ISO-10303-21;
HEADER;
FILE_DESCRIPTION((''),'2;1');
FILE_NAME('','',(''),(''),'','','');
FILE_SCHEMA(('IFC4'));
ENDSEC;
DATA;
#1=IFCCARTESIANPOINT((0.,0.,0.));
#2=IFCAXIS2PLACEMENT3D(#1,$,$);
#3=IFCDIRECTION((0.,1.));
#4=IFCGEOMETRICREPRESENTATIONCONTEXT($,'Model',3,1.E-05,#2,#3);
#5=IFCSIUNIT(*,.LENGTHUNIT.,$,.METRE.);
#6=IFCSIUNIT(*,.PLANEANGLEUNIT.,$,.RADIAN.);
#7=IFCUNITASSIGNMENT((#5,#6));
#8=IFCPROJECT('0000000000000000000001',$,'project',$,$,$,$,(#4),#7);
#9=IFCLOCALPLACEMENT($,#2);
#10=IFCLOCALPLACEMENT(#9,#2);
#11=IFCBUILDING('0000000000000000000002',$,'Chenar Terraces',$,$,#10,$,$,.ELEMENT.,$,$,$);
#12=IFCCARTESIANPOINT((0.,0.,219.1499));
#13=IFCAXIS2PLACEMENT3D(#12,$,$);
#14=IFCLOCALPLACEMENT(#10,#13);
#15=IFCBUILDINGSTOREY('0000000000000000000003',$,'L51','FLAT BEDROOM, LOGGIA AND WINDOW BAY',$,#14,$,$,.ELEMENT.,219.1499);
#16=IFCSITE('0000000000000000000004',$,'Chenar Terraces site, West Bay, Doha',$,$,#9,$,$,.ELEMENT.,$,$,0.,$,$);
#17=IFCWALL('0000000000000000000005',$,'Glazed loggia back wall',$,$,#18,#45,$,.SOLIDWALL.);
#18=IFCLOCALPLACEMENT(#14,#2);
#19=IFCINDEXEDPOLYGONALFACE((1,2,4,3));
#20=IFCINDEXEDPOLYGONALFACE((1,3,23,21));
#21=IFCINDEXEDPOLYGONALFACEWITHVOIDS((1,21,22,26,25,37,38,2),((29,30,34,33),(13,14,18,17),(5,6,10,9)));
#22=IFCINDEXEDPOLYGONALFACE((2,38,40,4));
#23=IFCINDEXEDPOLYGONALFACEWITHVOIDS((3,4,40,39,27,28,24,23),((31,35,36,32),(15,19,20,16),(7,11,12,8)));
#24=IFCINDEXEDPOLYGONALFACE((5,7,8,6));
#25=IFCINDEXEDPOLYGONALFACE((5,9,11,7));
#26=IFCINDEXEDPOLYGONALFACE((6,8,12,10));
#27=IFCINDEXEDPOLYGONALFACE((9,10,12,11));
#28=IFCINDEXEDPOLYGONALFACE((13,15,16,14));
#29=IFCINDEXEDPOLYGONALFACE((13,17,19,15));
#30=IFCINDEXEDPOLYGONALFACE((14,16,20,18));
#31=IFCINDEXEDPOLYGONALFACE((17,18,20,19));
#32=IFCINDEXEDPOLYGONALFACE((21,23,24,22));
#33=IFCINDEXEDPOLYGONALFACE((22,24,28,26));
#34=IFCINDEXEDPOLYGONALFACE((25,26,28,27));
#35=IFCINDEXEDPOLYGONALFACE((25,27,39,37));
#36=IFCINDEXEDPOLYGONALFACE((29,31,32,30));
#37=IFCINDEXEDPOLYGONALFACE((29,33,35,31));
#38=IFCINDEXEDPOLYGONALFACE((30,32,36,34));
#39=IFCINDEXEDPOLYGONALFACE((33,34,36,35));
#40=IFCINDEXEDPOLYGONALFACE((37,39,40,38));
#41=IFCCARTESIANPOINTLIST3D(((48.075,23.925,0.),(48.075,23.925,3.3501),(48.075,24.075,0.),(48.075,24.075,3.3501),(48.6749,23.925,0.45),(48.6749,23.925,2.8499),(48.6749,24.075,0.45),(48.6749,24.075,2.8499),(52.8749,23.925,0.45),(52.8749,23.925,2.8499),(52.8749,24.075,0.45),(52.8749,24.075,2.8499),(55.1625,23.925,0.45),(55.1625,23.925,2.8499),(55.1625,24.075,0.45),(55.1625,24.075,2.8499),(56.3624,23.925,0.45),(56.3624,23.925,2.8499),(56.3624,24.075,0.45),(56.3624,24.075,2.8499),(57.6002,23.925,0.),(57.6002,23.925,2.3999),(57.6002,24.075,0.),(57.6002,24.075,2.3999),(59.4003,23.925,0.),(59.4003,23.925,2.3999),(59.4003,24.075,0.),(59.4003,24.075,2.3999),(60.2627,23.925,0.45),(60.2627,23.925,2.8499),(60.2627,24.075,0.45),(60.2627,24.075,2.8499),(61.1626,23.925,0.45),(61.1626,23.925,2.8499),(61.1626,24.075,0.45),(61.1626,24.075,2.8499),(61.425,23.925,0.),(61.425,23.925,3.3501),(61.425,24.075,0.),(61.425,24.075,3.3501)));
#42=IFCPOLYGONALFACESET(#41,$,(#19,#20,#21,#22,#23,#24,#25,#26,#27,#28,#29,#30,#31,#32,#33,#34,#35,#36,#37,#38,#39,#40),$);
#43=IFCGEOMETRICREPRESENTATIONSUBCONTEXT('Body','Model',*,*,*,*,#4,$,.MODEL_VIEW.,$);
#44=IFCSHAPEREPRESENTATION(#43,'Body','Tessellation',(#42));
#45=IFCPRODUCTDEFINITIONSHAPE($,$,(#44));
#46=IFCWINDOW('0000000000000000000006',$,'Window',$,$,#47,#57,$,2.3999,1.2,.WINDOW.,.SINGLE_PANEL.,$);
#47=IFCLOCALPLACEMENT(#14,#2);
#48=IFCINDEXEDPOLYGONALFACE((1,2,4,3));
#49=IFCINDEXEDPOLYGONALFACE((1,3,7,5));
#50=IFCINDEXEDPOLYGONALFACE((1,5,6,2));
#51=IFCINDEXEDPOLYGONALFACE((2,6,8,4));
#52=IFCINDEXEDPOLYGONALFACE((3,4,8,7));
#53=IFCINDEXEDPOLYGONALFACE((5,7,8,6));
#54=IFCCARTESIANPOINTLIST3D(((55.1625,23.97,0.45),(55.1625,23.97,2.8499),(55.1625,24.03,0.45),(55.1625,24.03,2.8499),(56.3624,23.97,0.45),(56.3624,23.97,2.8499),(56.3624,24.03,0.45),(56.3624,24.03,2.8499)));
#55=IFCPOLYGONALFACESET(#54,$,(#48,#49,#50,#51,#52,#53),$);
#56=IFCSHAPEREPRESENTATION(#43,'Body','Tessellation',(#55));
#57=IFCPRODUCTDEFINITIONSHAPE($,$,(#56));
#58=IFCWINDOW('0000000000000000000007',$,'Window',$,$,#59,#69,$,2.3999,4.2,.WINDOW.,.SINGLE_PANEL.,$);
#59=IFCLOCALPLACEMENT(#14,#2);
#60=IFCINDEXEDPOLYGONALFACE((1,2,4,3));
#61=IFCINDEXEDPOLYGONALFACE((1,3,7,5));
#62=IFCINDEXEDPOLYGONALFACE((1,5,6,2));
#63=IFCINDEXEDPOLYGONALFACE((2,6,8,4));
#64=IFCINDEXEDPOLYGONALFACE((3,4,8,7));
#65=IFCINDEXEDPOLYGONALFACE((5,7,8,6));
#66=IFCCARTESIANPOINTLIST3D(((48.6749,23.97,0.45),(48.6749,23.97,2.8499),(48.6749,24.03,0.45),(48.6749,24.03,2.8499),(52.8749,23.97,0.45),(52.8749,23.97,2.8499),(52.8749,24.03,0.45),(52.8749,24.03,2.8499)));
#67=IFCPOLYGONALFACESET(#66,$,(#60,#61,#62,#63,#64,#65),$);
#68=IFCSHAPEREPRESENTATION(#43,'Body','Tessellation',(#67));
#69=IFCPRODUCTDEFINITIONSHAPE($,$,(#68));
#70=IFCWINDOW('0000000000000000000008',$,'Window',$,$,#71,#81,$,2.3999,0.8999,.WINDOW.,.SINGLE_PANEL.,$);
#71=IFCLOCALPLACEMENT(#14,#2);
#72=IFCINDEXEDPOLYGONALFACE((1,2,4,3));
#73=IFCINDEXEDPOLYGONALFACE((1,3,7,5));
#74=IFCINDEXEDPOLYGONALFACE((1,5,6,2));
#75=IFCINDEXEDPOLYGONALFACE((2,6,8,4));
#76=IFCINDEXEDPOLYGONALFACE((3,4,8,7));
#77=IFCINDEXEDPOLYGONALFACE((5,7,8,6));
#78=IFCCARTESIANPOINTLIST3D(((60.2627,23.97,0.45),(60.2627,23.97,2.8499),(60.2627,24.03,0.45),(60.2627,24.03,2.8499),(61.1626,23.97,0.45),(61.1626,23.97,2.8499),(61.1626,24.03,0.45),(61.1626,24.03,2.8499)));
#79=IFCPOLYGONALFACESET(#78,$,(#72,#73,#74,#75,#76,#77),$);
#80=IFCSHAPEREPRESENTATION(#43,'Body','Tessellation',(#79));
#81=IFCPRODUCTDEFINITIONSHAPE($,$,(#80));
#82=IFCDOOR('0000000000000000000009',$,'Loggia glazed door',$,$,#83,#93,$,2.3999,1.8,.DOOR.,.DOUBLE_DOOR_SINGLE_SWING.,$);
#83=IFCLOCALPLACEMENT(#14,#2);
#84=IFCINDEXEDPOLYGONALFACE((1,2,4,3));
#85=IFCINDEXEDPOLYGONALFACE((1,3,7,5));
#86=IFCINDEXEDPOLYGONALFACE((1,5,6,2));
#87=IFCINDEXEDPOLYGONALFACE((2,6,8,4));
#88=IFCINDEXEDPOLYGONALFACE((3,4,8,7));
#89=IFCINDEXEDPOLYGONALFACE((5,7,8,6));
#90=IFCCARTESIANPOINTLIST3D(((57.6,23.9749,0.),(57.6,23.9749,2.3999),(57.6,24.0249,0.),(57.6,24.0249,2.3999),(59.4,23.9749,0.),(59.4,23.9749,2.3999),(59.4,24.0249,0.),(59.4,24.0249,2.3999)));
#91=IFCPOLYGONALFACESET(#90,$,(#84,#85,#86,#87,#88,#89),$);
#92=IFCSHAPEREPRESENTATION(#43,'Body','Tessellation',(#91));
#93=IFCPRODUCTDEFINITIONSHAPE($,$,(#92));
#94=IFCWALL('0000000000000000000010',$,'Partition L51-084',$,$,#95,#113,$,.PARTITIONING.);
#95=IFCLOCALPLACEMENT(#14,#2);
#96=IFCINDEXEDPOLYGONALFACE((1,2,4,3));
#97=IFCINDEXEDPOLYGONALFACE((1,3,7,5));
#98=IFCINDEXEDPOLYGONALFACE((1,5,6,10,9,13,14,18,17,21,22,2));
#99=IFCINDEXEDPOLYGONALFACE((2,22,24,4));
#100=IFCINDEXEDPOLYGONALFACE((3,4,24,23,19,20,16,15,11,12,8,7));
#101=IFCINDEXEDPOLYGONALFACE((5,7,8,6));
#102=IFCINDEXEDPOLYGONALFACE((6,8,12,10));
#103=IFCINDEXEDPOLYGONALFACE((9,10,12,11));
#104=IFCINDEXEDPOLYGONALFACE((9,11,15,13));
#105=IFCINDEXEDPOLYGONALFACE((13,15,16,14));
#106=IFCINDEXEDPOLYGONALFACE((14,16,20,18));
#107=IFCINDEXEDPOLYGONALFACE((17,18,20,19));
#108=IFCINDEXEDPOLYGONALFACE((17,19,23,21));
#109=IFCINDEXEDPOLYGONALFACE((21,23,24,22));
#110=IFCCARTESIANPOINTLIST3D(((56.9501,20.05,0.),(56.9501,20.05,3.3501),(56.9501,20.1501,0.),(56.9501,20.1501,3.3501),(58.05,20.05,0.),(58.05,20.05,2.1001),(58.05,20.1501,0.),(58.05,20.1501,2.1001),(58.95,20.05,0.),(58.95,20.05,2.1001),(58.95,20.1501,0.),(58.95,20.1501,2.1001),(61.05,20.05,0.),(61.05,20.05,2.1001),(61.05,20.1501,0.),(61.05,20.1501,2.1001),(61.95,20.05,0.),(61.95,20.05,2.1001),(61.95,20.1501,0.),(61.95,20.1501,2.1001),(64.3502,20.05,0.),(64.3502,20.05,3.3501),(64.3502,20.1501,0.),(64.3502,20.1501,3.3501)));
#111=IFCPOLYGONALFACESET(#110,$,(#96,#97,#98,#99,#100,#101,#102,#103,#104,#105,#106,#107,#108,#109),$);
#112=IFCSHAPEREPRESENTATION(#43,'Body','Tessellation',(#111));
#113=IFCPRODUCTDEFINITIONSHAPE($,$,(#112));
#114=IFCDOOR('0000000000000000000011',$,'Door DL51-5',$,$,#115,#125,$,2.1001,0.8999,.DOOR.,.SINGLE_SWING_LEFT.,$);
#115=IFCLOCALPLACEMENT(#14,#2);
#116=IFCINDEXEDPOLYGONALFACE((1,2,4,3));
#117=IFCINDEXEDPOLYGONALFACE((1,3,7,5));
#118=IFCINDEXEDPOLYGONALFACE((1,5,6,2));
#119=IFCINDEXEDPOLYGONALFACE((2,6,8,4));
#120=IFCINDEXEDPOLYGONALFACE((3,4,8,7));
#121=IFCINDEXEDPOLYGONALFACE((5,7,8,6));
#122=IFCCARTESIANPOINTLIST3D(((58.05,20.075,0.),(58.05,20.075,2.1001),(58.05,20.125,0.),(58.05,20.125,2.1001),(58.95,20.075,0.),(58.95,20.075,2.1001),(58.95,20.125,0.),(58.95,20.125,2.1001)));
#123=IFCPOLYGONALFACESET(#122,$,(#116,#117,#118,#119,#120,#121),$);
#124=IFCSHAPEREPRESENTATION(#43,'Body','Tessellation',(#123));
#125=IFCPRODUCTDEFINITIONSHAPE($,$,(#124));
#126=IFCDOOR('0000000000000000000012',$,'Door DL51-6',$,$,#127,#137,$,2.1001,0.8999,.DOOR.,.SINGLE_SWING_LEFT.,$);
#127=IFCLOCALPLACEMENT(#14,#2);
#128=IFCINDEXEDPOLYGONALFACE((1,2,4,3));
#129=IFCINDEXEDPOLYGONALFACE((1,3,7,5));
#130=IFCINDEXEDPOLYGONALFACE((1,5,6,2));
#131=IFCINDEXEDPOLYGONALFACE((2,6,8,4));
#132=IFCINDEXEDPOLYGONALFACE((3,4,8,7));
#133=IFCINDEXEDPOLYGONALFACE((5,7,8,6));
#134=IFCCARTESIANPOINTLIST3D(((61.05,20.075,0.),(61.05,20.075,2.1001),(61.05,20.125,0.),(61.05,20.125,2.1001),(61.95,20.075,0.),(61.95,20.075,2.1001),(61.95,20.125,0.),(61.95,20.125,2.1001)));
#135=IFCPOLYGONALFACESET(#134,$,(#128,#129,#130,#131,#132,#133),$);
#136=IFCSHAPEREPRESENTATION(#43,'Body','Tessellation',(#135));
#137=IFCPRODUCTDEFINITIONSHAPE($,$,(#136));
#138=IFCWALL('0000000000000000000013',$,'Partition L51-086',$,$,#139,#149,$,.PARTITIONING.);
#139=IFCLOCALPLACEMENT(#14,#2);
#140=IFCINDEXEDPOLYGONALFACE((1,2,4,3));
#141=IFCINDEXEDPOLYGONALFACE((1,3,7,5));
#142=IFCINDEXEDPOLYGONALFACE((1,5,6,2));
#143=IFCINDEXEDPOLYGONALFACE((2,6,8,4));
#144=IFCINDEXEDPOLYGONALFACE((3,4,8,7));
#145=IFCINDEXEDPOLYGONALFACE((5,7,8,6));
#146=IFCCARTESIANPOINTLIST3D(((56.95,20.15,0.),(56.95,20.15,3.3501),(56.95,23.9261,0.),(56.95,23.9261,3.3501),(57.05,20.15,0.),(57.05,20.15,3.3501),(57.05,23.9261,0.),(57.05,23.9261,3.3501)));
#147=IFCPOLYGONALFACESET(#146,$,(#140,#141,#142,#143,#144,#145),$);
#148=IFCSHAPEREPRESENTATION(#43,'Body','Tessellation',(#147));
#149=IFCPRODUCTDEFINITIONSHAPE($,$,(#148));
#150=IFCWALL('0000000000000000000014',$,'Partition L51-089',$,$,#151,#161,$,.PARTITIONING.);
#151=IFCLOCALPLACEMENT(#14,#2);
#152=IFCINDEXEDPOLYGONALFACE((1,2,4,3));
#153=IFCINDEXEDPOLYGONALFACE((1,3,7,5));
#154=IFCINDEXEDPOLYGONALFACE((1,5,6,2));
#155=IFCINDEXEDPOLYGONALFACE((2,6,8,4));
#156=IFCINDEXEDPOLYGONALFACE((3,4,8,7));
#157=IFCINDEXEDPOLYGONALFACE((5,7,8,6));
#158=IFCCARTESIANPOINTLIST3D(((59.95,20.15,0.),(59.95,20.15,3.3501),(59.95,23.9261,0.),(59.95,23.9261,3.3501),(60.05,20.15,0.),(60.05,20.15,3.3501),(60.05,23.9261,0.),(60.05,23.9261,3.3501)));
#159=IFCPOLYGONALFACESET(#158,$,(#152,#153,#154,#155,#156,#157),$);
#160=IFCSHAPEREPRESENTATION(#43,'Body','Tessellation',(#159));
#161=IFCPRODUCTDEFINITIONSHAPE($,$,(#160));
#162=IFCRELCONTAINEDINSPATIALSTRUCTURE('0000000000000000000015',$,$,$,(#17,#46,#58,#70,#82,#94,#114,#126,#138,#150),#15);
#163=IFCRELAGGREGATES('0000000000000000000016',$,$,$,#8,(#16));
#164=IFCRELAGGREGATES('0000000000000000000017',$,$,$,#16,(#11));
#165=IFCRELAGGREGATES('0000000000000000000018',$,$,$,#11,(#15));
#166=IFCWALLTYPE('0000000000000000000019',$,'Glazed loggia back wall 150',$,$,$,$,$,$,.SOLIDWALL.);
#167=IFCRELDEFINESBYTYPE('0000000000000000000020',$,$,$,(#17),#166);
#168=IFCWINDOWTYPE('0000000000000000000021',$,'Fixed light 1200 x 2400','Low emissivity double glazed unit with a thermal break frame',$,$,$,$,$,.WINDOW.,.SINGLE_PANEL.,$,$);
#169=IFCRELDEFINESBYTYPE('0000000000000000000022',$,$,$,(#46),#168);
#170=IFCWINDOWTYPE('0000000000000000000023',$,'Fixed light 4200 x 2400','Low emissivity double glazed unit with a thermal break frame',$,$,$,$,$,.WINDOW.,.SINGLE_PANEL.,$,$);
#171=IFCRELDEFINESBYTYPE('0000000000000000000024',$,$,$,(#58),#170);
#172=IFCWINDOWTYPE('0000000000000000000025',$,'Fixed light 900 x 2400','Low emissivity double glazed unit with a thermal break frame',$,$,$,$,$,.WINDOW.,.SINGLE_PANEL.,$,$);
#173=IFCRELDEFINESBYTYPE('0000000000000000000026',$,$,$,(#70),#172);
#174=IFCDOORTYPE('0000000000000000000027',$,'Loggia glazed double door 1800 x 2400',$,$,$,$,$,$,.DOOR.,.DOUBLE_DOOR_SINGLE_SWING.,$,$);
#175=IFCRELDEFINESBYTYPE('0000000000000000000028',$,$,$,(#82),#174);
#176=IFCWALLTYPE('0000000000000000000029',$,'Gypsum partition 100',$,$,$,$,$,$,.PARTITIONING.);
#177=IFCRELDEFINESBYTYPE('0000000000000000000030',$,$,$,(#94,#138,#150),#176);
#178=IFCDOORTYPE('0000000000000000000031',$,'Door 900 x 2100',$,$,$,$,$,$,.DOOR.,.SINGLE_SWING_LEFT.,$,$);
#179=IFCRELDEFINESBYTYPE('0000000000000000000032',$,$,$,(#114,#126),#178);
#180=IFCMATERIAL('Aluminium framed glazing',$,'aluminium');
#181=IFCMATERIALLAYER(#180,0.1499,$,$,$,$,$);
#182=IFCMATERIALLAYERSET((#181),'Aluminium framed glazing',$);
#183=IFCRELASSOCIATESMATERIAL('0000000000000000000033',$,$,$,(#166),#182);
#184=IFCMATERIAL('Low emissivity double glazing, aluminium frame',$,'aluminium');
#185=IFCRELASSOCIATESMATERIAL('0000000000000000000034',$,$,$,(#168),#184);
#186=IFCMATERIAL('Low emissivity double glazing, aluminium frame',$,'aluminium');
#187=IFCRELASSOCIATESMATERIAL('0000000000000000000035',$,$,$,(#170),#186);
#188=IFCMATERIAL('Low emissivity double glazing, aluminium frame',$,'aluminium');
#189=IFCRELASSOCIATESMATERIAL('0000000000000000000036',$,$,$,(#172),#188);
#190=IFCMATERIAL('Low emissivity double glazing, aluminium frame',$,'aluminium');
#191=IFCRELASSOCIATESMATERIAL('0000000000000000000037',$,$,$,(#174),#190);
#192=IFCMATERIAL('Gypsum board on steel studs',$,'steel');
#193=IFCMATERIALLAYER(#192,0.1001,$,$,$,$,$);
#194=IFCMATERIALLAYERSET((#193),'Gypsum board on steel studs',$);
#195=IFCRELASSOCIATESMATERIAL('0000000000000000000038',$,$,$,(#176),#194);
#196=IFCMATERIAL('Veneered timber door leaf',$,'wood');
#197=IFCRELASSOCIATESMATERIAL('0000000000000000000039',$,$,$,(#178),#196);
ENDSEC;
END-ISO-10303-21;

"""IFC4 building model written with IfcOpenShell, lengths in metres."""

from ifc_helpers import new_model, si_unit, direction, frame, frame_2d, origin, place, context, subcontext, project, spatial, rectangle, extrude, material, layer, layer_set, type_object, element, fill, save


model = new_model("IFC4")

# Units and contexts
model_context = context("Model", 3, precision=1e-05, world=origin(), true_north=direction((0.0, 1.0)))
body_context = subcontext(model_context, "Body", "Model", "MODEL_VIEW")
ifc_project = project(units=[si_unit("LENGTHUNIT", "METRE"), si_unit("PLANEANGLEUNIT", "RADIAN")], contexts=[model_context])

# Site, building, storey
site_placement = place(None, origin())
site = spatial("IfcSite", under=ifc_project, at=site_placement, Name="Chenar Terraces site, West Bay, Doha", CompositionType="ELEMENT", RefElevation=0.0)
building_placement = place(site_placement, origin())
building = spatial("IfcBuilding", under=site, at=building_placement, Name="Chenar Terraces", CompositionType="ELEMENT")
storey_placement = place(building_placement, frame((0.0, 0.0, 219.1499)))
storey = spatial("IfcBuildingStorey", under=building, at=storey_placement, Name="L51", Description="FLAT BEDROOM, LOGGIA AND WINDOW BAY", CompositionType="ELEMENT", Elevation=219.1499)

# Wall, openings, windows, door
ifc_material_1 = material(Name="Aluminium framed glazing", Category="aluminium")
ifc_layer_1 = layer(ifc_material_1, 0.1499)
ifc_layer_set_1 = layer_set([ifc_layer_1], Name="Aluminium framed glazing")
wall_type_1 = type_object("IfcWallType", Name="Glazed loggia back wall 150", PredefinedType="SOLIDWALL", material=ifc_layer_set_1)
wall_1_placement = place(storey_placement, frame((61.425, 24.0, 0.0), z_axis=(0.0, 0.0, 1.0), x_axis=(-1.0, 0.0, 0.0)))
wall_1 = element("IfcWall", 1, at=wall_1_placement, inside=storey, type_object=wall_type_1, Name="Glazed loggia back wall", PredefinedType="SOLIDWALL", context=body_context, shape_type="SweptSolid", body=[
    extrude(rectangle(XDim=13.3501, YDim=0.1499, at=frame_2d((6.675, 0.0))), origin(), (0.0, 0.0, 1.0), 3.3501),
])
opening_1_placement = place(wall_1_placement, frame((0.2625, 0.0, 0.45)))
opening_1 = element("IfcOpeningElement", 2, at=opening_1_placement, cuts=wall_1, PredefinedType="OPENING", context=body_context, shape_type="SweptSolid", body=[
    extrude(rectangle(XDim=0.8999, YDim=2.3999, at=frame_2d((0.45, 1.2))), frame((0.0, 0.085, 0.0), z_axis=(0.0, -1.0, 0.0), x_axis=(1.0, 0.0, 0.0)), (0.0, 0.0, 1.0), 0.1699),
])
opening_2_placement = place(wall_1_placement, frame((2.0249, 0.0, 0.0)))
opening_2 = element("IfcOpeningElement", 3, at=opening_2_placement, cuts=wall_1, PredefinedType="OPENING", context=body_context, shape_type="SweptSolid", body=[
    extrude(rectangle(XDim=1.8, YDim=2.3999, at=frame_2d((0.8999, 1.2))), frame((0.0, 0.085, 0.0), z_axis=(0.0, -1.0, 0.0), x_axis=(1.0, 0.0, 0.0)), (0.0, 0.0, 1.0), 0.1699),
])
opening_3_placement = place(wall_1_placement, frame((5.0625, 0.0, 0.45)))
opening_3 = element("IfcOpeningElement", 4, at=opening_3_placement, cuts=wall_1, PredefinedType="OPENING", context=body_context, shape_type="SweptSolid", body=[
    extrude(rectangle(XDim=1.2, YDim=2.3999, at=frame_2d((0.6001, 1.2))), frame((0.0, 0.085, 0.0), z_axis=(0.0, -1.0, 0.0), x_axis=(1.0, 0.0, 0.0)), (0.0, 0.0, 1.0), 0.1699),
])
opening_4_placement = place(wall_1_placement, frame((8.55, 0.0, 0.45)))
opening_4 = element("IfcOpeningElement", 5, at=opening_4_placement, cuts=wall_1, PredefinedType="OPENING", context=body_context, shape_type="SweptSolid", body=[
    extrude(rectangle(XDim=4.2, YDim=2.3999, at=frame_2d((2.1001, 1.2))), frame((0.0, 0.085, 0.0), z_axis=(0.0, -1.0, 0.0), x_axis=(1.0, 0.0, 0.0)), (0.0, 0.0, 1.0), 0.1699),
])
ifc_material_2 = material(Name="Low emissivity double glazing, aluminium frame", Category="aluminium")
window_type_1 = type_object("IfcWindowType", Name="Fixed light 1200 x 2400", Description="Low emissivity double glazed unit with a thermal break frame", PartitioningType="SINGLE_PANEL", PredefinedType="WINDOW", material=ifc_material_2)
window_1_placement = place(opening_3_placement, origin())
window_1 = element("IfcWindow", 6, at=window_1_placement, inside=storey, type_object=window_type_1, Name="Window", OverallHeight=2.3999, OverallWidth=1.2, PartitioningType="SINGLE_PANEL", PredefinedType="WINDOW", context=body_context, shape_type="SweptSolid", body=[
    extrude(rectangle(XDim=1.2, YDim=2.3999, at=frame_2d((0.6001, 1.2))), frame((0.0, 0.03, 0.0), z_axis=(0.0, -1.0, 0.0), x_axis=(1.0, 0.0, 0.0)), (0.0, 0.0, 1.0), 0.0601),
])
fill(opening_3, window_1)
ifc_material_3 = material(Name="Low emissivity double glazing, aluminium frame", Category="aluminium")
window_type_2 = type_object("IfcWindowType", Name="Fixed light 4200 x 2400", Description="Low emissivity double glazed unit with a thermal break frame", PartitioningType="SINGLE_PANEL", PredefinedType="WINDOW", material=ifc_material_3)
window_2_placement = place(opening_4_placement, origin())
window_2 = element("IfcWindow", 7, at=window_2_placement, inside=storey, type_object=window_type_2, Name="Window", OverallHeight=2.3999, OverallWidth=4.2, PartitioningType="SINGLE_PANEL", PredefinedType="WINDOW", context=body_context, shape_type="SweptSolid", body=[
    extrude(rectangle(XDim=4.2, YDim=2.3999, at=frame_2d((2.1001, 1.2))), frame((0.0, 0.03, 0.0), z_axis=(0.0, -1.0, 0.0), x_axis=(1.0, 0.0, 0.0)), (0.0, 0.0, 1.0), 0.0601),
])
fill(opening_4, window_2)
ifc_material_4 = material(Name="Low emissivity double glazing, aluminium frame", Category="aluminium")
window_type_3 = type_object("IfcWindowType", Name="Fixed light 900 x 2400", Description="Low emissivity double glazed unit with a thermal break frame", PartitioningType="SINGLE_PANEL", PredefinedType="WINDOW", material=ifc_material_4)
window_3_placement = place(opening_1_placement, origin())
window_3 = element("IfcWindow", 8, at=window_3_placement, inside=storey, type_object=window_type_3, Name="Window", OverallHeight=2.3999, OverallWidth=0.8999, PartitioningType="SINGLE_PANEL", PredefinedType="WINDOW", context=body_context, shape_type="SweptSolid", body=[
    extrude(rectangle(XDim=0.8999, YDim=2.3999, at=frame_2d((0.45, 1.2))), frame((0.0, 0.03, 0.0), z_axis=(0.0, -1.0, 0.0), x_axis=(1.0, 0.0, 0.0)), (0.0, 0.0, 1.0), 0.0601),
])
fill(opening_1, window_3)
ifc_material_5 = material(Name="Low emissivity double glazing, aluminium frame", Category="aluminium")
door_type_1 = type_object("IfcDoorType", Name="Loggia glazed double door 1800 x 2400", OperationType="DOUBLE_DOOR_SINGLE_SWING", PredefinedType="DOOR", material=ifc_material_5)
door_1_placement = place(opening_2_placement, frame((1.8, 0.0, 0.0), z_axis=(0.0, 0.0, 1.0), x_axis=(-1.0, 0.0, 0.0)))
door_1 = element("IfcDoor", 9, at=door_1_placement, inside=storey, type_object=door_type_1, Name="Loggia glazed door", OperationType="DOUBLE_DOOR_SINGLE_SWING", OverallHeight=2.3999, OverallWidth=1.8, PredefinedType="DOOR", context=body_context, shape_type="SweptSolid", body=[
    extrude(rectangle(XDim=1.8, YDim=2.3999, at=frame_2d((0.8999, 1.2))), frame((0.0, 0.0249, 0.0), z_axis=(0.0, -1.0, 0.0), x_axis=(1.0, 0.0, 0.0)), (0.0, 0.0, 1.0), 0.05),
])
fill(opening_2, door_1)

# Wall, openings, doors
ifc_material_6 = material(Name="Gypsum board on steel studs", Category="steel")
ifc_layer_2 = layer(ifc_material_6, 0.1001)
ifc_layer_set_2 = layer_set([ifc_layer_2], Name="Gypsum board on steel studs")
wall_type_2 = type_object("IfcWallType", Name="Gypsum partition 100", PredefinedType="PARTITIONING", material=ifc_layer_set_2)
wall_2_placement = place(storey_placement, frame((56.95, 20.1001, 0.0), z_axis=(0.0, 0.0, 1.0), x_axis=(1.0, 0.0, 0.0)))
wall_2 = element("IfcWall", 10, at=wall_2_placement, inside=storey, type_object=wall_type_2, Name="Partition L51-084", PredefinedType="PARTITIONING", context=body_context, shape_type="SweptSolid", body=[
    extrude(rectangle(XDim=7.4001, YDim=0.1001, at=frame_2d((3.7002, 0.0))), origin(), (0.0, 0.0, 1.0), 3.3501),
])
opening_5_placement = place(wall_2_placement, frame((1.1001, 0.0, 0.0)))
opening_5 = element("IfcOpeningElement", 11, at=opening_5_placement, cuts=wall_2, PredefinedType="OPENING", context=body_context, shape_type="SweptSolid", body=[
    extrude(rectangle(XDim=0.8999, YDim=2.1001, at=frame_2d((0.45, 1.05))), frame((0.0, 0.0601, 0.0), z_axis=(0.0, -1.0, 0.0), x_axis=(1.0, 0.0, 0.0)), (0.0, 0.0, 1.0), 0.1201),
])
opening_6_placement = place(wall_2_placement, frame((4.1001, 0.0, 0.0)))
opening_6 = element("IfcOpeningElement", 12, at=opening_6_placement, cuts=wall_2, PredefinedType="OPENING", context=body_context, shape_type="SweptSolid", body=[
    extrude(rectangle(XDim=0.8999, YDim=2.1001, at=frame_2d((0.45, 1.05))), frame((0.0, 0.0601, 0.0), z_axis=(0.0, -1.0, 0.0), x_axis=(1.0, 0.0, 0.0)), (0.0, 0.0, 1.0), 0.1201),
])
ifc_material_7 = material(Name="Veneered timber door leaf", Category="wood")
door_type_2 = type_object("IfcDoorType", Name="Door 900 x 2100", OperationType="SINGLE_SWING_LEFT", PredefinedType="DOOR", material=ifc_material_7)
door_2_placement = place(opening_5_placement, origin())
door_2 = element("IfcDoor", 13, at=door_2_placement, inside=storey, type_object=door_type_2, Name="Door DL51-5", OperationType="SINGLE_SWING_LEFT", OverallHeight=2.1001, OverallWidth=0.8999, PredefinedType="DOOR", context=body_context, shape_type="SweptSolid", body=[
    extrude(rectangle(XDim=0.8999, YDim=2.1001, at=frame_2d((0.45, 1.05))), frame((0.0, 0.0249, 0.0), z_axis=(0.0, -1.0, 0.0), x_axis=(1.0, 0.0, 0.0)), (0.0, 0.0, 1.0), 0.05),
])
fill(opening_5, door_2)
door_3_placement = place(opening_6_placement, origin())
door_3 = element("IfcDoor", 14, at=door_3_placement, inside=storey, type_object=door_type_2, Name="Door DL51-6", OperationType="SINGLE_SWING_LEFT", OverallHeight=2.1001, OverallWidth=0.8999, PredefinedType="DOOR", context=body_context, shape_type="SweptSolid", body=[
    extrude(rectangle(XDim=0.8999, YDim=2.1001, at=frame_2d((0.45, 1.05))), frame((0.0, 0.0249, 0.0), z_axis=(0.0, -1.0, 0.0), x_axis=(1.0, 0.0, 0.0)), (0.0, 0.0, 1.0), 0.05),
])
fill(opening_6, door_3)

# Walls
for number, where, z_axis, x_axis, name in (
    (15, (57.0, 20.1499, 0.0), (0.0, 0.0, 1.0), (0.0, 1.0, 0.0), "Partition L51-086"),
    (16, (60.0, 20.1499, 0.0), (0.0, 0.0, 1.0), (0.0, 1.0, 0.0), "Partition L51-089"),
):
    element("IfcWall", number, at=place(storey_placement, frame(where, z_axis=z_axis, x_axis=x_axis)), inside=storey, type_object=wall_type_2, Name=name, PredefinedType="PARTITIONING", context=body_context, shape_type="SweptSolid", body=[
        extrude(rectangle(XDim=3.7761, YDim=0.1001, at=frame_2d((1.8882, 0.0))), origin(), (0.0, 0.0, 1.0), 3.3501),
    ])

save(model, "model.ifc")
